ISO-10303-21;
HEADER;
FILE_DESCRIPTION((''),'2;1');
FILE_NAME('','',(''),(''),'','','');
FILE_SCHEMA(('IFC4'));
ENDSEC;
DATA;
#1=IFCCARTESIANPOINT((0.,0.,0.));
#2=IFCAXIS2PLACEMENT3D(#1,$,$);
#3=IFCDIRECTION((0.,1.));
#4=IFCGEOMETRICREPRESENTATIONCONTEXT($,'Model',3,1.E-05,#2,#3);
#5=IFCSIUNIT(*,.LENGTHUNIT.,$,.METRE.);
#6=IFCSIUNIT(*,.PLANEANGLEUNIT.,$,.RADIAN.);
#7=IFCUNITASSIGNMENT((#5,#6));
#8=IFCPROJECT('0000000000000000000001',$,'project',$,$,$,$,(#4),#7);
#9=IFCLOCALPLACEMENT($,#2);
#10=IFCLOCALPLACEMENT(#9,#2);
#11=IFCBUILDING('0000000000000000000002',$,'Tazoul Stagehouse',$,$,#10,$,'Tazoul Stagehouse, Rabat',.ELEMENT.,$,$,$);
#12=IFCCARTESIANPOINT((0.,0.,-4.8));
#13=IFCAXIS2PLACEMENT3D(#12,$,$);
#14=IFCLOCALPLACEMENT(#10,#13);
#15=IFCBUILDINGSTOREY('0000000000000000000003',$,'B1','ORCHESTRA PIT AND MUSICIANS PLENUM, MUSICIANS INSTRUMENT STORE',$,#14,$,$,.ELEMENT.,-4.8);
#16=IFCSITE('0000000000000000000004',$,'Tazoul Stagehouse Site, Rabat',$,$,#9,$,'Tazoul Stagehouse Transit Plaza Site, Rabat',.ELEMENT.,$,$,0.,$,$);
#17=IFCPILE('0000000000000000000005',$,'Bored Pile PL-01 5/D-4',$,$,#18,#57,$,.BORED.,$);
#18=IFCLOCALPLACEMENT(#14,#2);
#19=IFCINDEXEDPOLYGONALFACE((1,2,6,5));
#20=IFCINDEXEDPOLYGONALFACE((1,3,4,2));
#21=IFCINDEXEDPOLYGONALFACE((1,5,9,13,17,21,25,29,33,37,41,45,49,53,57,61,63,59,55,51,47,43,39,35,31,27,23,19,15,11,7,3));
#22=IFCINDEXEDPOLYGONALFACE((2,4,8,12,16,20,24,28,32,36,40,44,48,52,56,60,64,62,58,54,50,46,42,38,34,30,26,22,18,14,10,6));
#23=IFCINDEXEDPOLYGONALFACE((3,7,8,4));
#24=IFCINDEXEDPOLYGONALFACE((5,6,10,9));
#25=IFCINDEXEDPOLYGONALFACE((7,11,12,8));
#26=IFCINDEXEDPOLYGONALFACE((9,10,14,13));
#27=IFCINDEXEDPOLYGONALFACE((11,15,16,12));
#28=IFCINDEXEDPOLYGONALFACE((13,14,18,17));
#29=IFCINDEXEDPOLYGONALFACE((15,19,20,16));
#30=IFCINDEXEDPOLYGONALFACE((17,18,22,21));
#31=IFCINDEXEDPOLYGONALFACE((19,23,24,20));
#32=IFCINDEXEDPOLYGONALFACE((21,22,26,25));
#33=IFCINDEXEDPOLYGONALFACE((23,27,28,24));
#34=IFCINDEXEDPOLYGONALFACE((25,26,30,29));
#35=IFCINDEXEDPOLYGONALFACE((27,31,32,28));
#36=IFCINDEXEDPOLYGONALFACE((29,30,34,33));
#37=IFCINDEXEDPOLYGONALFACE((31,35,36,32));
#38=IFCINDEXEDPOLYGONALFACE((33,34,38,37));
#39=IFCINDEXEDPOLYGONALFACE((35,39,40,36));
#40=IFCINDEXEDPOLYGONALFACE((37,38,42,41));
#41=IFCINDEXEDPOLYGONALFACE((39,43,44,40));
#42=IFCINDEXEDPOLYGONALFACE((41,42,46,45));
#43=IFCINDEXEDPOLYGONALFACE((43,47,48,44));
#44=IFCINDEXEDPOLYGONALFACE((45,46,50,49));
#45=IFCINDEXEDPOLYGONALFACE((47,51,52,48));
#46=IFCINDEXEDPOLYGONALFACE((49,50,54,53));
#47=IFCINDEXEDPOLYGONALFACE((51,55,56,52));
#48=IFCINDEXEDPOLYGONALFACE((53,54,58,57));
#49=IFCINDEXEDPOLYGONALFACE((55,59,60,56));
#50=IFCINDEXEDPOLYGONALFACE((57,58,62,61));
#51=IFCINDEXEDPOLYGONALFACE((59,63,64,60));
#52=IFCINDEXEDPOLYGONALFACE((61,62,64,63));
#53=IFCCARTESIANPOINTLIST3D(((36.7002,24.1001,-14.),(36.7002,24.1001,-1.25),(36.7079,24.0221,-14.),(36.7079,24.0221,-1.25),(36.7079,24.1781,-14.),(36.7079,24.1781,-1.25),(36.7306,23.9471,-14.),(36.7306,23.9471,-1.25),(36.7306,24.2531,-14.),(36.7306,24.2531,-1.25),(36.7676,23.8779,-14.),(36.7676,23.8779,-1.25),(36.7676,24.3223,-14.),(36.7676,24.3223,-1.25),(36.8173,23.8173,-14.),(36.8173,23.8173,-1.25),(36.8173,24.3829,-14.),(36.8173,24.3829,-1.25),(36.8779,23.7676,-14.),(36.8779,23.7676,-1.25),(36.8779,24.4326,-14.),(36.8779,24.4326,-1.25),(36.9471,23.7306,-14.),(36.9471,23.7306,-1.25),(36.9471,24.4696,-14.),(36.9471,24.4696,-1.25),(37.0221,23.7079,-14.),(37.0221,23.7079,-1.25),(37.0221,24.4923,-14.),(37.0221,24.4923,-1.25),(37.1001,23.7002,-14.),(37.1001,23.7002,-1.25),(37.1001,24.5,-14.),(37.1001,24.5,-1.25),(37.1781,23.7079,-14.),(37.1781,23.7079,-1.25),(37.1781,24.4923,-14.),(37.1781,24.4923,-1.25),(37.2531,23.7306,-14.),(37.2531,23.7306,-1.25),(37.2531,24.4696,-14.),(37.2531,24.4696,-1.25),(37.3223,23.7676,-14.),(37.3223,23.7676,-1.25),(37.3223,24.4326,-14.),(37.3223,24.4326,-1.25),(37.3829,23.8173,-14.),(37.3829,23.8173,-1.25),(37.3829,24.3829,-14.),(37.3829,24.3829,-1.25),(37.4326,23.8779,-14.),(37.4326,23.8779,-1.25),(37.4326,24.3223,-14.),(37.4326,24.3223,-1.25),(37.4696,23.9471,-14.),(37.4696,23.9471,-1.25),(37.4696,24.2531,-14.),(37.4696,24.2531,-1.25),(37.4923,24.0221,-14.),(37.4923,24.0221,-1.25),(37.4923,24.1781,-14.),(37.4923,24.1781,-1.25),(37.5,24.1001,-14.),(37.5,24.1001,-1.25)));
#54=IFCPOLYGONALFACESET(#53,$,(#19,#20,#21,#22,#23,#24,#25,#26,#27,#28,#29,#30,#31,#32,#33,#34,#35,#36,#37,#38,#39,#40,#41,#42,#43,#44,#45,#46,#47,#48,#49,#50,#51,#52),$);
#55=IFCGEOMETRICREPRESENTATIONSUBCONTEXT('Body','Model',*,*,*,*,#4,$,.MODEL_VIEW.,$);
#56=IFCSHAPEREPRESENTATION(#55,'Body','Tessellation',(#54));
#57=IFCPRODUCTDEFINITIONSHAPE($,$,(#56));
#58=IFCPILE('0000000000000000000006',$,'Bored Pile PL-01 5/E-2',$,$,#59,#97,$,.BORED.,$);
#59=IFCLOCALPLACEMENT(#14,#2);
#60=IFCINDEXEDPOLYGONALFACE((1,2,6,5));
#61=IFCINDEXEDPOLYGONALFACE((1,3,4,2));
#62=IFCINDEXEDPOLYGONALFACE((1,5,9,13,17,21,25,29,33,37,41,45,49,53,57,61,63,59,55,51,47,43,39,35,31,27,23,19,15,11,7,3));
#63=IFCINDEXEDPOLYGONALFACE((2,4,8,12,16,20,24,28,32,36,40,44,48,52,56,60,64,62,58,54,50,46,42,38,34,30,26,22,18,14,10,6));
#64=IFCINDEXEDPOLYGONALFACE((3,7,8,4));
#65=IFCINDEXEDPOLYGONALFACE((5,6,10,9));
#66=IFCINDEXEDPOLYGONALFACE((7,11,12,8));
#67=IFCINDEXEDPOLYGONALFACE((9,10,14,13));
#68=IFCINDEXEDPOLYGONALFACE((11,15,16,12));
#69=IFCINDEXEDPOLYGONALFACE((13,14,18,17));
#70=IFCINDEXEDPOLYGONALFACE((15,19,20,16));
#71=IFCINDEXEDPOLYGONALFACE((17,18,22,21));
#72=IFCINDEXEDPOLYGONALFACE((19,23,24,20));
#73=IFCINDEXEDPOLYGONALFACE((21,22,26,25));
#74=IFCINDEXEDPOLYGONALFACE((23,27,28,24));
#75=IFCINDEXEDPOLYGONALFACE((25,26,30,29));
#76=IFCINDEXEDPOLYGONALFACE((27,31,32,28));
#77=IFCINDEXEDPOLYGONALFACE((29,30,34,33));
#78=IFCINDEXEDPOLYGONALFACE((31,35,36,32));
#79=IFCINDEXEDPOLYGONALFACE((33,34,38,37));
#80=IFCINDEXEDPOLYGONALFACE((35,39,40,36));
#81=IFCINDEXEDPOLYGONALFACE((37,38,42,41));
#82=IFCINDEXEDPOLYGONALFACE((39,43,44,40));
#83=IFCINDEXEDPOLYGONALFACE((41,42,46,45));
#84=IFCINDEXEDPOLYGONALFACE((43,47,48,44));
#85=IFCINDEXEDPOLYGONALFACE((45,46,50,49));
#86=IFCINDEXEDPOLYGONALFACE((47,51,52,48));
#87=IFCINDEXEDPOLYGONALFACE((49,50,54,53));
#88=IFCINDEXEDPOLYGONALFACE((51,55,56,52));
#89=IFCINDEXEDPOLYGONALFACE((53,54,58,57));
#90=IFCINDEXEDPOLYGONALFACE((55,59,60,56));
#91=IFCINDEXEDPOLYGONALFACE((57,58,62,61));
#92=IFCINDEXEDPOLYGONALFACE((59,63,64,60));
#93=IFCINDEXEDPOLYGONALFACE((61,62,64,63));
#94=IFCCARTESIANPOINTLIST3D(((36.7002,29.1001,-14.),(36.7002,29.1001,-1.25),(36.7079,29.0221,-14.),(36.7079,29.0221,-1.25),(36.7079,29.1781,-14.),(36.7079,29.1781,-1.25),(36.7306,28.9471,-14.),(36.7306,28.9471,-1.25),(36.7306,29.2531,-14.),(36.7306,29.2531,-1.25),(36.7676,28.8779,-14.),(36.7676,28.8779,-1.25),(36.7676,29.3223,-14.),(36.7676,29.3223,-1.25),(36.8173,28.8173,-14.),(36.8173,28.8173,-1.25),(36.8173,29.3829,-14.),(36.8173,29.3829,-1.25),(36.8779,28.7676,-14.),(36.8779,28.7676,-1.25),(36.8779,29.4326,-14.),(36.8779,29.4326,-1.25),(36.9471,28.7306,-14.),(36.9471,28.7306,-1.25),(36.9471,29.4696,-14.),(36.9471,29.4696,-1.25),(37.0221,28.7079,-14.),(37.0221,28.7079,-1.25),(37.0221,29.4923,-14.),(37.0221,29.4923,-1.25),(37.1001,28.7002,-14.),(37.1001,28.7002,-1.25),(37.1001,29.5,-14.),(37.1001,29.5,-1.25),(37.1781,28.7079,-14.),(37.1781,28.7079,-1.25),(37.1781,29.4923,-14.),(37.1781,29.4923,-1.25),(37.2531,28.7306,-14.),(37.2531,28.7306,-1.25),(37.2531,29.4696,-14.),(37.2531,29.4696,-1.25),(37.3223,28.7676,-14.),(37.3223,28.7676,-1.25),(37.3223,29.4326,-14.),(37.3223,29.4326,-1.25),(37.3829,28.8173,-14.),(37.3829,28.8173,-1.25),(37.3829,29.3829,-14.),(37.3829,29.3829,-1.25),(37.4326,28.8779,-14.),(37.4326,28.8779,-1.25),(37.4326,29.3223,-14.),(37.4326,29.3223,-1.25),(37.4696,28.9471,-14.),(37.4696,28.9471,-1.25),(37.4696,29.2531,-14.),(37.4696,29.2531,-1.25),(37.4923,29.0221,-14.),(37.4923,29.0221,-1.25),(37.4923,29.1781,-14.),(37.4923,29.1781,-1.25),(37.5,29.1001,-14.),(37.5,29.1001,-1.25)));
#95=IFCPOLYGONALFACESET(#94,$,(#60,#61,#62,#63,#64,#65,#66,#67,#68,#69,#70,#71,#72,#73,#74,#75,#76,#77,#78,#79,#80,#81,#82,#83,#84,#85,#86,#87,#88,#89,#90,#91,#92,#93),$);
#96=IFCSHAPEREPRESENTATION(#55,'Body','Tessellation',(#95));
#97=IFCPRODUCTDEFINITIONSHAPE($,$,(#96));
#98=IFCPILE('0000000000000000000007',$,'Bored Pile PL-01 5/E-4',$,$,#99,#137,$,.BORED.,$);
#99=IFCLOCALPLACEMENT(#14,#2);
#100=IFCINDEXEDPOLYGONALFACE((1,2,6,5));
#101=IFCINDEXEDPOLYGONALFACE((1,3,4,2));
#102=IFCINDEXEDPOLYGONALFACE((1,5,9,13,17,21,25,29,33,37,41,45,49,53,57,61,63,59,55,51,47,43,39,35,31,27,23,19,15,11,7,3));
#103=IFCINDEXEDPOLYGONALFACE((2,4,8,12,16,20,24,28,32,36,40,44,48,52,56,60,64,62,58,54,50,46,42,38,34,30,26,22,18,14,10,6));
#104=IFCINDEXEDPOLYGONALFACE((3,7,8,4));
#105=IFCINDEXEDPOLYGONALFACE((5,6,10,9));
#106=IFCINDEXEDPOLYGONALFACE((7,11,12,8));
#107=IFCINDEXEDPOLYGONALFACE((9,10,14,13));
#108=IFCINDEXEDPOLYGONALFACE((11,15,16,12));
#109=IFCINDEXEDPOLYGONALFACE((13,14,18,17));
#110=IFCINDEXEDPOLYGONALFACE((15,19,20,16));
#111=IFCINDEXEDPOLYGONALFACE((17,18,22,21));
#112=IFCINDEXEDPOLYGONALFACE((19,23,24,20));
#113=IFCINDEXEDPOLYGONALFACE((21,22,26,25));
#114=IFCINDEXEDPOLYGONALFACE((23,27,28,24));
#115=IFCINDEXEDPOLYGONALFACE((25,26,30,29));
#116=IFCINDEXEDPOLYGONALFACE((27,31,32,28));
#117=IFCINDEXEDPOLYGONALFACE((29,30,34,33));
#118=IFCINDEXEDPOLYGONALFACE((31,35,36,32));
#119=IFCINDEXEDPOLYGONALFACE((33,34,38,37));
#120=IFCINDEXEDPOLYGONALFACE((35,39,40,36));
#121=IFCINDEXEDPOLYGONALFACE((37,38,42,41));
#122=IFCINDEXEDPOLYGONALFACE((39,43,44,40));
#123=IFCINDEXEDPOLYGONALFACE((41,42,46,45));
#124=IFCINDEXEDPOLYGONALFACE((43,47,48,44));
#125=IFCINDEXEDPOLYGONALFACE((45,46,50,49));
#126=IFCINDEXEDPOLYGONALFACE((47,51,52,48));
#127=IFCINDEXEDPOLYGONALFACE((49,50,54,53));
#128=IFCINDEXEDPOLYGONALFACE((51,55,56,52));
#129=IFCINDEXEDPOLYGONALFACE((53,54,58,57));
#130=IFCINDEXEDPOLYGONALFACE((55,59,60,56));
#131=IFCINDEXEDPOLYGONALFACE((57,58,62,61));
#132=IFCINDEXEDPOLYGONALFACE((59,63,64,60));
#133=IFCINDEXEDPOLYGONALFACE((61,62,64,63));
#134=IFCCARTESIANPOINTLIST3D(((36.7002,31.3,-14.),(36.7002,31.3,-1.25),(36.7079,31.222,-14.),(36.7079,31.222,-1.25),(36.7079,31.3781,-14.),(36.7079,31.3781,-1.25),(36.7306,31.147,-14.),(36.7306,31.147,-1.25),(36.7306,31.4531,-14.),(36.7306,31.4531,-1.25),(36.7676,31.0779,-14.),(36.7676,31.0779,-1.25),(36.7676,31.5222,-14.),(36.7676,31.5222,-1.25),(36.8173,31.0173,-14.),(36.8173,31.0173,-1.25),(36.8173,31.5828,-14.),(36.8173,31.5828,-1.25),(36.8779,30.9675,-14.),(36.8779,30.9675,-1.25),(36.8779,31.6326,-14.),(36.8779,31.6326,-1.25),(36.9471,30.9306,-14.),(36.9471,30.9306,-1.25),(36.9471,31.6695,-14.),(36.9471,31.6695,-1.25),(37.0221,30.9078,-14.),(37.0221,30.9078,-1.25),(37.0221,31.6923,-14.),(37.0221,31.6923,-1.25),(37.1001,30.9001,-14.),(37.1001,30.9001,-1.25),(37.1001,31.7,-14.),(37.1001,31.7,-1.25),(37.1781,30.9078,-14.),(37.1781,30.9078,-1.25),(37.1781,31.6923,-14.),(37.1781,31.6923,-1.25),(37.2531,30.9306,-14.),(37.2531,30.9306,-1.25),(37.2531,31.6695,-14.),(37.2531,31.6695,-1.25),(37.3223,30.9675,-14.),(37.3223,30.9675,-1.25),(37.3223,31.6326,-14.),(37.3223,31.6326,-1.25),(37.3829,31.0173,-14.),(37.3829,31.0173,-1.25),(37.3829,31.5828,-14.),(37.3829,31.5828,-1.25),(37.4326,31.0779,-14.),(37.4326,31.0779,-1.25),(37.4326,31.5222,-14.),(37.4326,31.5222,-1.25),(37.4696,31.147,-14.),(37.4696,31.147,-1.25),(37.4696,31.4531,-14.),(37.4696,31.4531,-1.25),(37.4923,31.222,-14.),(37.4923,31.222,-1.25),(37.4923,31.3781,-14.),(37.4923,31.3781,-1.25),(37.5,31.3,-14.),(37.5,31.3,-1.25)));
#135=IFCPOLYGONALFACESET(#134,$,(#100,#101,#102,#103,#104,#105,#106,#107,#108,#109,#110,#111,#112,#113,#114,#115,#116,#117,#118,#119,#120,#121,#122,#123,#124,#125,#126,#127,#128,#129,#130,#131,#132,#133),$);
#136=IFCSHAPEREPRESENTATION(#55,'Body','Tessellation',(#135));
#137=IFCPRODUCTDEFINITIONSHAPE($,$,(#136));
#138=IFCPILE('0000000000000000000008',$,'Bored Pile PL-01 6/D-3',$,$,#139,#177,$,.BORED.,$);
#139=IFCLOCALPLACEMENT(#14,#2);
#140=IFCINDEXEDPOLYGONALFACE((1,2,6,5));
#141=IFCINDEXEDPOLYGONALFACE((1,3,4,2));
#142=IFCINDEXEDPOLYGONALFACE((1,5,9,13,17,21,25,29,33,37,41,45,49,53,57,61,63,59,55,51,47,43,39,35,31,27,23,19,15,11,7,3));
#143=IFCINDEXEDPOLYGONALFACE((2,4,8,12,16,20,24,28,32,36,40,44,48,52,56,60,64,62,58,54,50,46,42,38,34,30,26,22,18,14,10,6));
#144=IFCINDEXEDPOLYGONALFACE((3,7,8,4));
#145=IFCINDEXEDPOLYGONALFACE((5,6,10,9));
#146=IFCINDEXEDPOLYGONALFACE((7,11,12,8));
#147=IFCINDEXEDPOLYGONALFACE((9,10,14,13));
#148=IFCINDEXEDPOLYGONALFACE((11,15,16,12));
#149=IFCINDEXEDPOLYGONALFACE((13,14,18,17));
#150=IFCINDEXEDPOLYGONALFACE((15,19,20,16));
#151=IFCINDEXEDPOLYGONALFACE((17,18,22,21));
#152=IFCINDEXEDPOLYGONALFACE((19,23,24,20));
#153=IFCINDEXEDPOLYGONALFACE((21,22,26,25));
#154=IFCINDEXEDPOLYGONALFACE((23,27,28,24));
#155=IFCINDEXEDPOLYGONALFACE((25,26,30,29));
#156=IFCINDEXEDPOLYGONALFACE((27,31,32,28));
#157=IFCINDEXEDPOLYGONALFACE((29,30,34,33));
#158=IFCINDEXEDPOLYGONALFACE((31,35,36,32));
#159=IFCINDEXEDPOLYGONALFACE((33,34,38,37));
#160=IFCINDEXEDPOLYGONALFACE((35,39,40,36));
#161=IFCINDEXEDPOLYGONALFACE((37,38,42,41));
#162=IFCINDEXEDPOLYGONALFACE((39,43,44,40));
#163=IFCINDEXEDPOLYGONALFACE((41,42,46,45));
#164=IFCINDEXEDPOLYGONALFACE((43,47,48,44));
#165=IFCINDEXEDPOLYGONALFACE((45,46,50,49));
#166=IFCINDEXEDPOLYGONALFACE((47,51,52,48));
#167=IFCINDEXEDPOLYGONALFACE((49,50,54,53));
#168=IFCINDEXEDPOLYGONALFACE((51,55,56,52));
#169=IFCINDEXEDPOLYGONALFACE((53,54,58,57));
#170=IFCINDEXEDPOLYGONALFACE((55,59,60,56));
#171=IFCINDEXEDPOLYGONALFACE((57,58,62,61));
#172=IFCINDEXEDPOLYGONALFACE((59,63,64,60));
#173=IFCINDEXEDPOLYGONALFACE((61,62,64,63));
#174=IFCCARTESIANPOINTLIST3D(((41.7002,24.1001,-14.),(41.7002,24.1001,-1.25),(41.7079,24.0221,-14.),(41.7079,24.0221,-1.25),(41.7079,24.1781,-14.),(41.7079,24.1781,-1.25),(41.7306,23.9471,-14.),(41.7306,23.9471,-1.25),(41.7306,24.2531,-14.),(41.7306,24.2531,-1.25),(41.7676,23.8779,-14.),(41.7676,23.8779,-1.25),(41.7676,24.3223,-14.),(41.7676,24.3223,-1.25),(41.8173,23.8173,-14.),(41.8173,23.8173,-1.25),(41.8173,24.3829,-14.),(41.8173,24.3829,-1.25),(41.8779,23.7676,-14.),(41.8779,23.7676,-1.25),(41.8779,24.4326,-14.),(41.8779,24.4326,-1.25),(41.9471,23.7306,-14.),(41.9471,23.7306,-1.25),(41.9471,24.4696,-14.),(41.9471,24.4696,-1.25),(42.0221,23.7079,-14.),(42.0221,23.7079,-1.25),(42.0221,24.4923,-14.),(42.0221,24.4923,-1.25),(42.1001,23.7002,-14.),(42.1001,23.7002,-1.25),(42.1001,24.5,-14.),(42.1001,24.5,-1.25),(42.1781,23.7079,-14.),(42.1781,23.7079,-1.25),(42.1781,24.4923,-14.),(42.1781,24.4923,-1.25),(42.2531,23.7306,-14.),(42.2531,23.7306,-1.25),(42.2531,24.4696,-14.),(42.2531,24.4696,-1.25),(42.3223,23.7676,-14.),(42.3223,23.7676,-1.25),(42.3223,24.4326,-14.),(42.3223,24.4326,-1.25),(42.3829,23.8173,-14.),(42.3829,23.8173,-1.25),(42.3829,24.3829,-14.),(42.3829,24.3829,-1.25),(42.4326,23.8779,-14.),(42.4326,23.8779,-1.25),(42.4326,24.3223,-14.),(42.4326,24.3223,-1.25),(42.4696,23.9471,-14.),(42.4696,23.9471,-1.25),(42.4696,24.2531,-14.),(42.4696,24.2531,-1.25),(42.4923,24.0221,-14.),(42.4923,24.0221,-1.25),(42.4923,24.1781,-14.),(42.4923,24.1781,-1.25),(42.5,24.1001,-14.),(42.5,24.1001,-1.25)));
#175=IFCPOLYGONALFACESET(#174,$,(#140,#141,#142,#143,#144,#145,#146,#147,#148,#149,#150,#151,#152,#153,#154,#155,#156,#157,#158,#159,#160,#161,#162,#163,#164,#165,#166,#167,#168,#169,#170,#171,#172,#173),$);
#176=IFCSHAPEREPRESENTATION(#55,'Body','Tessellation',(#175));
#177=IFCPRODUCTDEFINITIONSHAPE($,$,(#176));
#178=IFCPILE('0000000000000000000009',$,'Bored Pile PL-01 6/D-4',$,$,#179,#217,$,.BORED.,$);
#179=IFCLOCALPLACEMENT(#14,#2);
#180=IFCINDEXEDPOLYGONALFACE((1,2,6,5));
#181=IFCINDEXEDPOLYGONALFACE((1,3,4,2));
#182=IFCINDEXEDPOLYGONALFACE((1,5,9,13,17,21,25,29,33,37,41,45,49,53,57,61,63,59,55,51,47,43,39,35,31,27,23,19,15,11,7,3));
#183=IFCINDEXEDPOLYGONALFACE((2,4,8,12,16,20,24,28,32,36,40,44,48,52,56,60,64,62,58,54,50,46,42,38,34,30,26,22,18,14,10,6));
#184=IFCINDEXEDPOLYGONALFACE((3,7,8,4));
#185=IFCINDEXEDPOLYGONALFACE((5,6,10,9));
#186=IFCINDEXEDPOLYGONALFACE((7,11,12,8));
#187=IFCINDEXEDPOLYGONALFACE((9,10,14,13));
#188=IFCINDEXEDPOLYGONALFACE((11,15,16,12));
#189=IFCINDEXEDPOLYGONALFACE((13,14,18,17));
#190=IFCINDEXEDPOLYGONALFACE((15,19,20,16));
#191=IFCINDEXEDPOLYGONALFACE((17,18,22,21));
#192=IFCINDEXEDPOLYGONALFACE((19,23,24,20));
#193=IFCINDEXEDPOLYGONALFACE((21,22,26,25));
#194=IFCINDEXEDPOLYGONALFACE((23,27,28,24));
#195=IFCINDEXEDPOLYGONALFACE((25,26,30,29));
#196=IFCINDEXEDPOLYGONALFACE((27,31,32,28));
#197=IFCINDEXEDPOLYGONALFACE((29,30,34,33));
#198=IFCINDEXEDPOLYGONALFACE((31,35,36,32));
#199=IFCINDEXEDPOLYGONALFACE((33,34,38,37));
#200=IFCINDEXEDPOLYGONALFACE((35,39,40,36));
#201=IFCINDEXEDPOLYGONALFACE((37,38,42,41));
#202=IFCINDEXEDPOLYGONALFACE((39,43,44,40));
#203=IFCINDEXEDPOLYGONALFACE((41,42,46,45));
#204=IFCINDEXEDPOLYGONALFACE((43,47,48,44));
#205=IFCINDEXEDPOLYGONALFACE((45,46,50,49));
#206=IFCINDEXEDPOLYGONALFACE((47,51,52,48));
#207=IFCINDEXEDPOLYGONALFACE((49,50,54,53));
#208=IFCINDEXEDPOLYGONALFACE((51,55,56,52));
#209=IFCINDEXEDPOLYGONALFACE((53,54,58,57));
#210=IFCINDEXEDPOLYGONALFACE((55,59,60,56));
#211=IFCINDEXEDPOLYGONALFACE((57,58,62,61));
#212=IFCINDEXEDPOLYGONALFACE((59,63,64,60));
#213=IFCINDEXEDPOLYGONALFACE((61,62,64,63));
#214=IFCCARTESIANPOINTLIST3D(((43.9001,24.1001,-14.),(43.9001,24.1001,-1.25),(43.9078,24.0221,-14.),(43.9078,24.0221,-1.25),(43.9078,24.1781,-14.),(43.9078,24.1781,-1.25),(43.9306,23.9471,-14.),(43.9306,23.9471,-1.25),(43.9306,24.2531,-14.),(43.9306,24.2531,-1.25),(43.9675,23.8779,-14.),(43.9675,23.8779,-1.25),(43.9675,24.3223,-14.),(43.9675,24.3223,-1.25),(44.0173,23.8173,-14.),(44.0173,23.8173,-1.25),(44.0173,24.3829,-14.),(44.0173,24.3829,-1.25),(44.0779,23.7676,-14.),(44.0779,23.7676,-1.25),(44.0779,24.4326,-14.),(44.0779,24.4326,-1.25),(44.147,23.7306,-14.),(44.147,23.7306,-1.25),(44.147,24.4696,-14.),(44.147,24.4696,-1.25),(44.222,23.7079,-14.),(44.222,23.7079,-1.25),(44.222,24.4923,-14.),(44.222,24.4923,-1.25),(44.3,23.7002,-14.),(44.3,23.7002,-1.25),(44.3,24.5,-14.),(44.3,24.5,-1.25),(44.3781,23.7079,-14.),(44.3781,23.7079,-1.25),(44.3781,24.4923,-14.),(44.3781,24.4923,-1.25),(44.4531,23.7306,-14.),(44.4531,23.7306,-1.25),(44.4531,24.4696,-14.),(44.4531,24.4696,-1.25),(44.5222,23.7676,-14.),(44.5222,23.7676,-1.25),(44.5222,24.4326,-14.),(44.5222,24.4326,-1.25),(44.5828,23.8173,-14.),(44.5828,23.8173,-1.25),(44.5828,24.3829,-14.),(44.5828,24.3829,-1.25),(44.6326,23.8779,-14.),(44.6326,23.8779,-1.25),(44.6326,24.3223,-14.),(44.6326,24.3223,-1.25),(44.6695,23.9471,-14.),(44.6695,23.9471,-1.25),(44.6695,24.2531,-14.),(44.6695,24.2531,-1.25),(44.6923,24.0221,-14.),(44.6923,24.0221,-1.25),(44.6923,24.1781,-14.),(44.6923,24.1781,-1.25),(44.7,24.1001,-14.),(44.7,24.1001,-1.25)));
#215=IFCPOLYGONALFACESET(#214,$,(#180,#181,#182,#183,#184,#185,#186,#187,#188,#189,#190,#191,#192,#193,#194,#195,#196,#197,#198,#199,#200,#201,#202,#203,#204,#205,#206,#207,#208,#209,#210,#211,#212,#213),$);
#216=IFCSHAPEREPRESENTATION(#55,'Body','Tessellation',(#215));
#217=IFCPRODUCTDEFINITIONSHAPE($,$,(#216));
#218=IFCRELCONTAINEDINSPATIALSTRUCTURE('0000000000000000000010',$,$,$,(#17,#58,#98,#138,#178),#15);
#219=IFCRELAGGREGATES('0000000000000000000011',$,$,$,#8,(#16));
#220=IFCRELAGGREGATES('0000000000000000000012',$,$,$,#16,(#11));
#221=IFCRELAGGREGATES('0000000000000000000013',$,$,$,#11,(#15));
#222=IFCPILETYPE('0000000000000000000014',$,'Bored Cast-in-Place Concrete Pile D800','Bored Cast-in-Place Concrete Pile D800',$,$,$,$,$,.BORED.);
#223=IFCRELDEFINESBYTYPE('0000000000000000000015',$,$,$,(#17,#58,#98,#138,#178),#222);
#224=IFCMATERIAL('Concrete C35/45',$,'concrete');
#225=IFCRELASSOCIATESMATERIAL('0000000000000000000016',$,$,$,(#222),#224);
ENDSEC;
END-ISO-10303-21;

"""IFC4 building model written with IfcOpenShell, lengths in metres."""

from ifc_helpers import new_model, si_unit, direction, frame, origin, origin_2d, place, context, subcontext, project, spatial, circle, extrude, material, material_profile, profile_set, type_object, element, save


model = new_model("IFC4")

# Units and contexts
model_context = context("Model", 3, precision=1e-05, world=origin(), true_north=direction((0.0, 1.0)))
body_context = subcontext(model_context, "Body", "Model", "MODEL_VIEW")
ifc_project = project(units=[si_unit("LENGTHUNIT", "METRE"), si_unit("PLANEANGLEUNIT", "RADIAN")], contexts=[model_context])

# Site, building, storey
site_placement = place(None, origin())
site = spatial("IfcSite", under=ifc_project, at=site_placement, Name="Tazoul Stagehouse Site, Rabat", LongName="Tazoul Stagehouse Transit Plaza Site, Rabat", CompositionType="ELEMENT", RefElevation=0.0)
building_placement = place(site_placement, origin())
building = spatial("IfcBuilding", under=site, at=building_placement, Name="Tazoul Stagehouse", LongName="Tazoul Stagehouse, Rabat", CompositionType="ELEMENT")
storey_placement = place(building_placement, frame((0.0, 0.0, -4.8)))
storey = spatial("IfcBuildingStorey", under=building, at=storey_placement, Name="B1", Description="ORCHESTRA PIT AND MUSICIANS PLENUM, MUSICIANS INSTRUMENT STORE", CompositionType="ELEMENT", Elevation=-4.8)

# Piles
ifc_material_1 = material(Name="Concrete C35/45", Category="concrete")
ifc_material_profile_1 = material_profile(ifc_material_1, circle(Radius=0.3999, at=origin_2d()), Name="BORED PILE 800")
ifc_profile_set_1 = profile_set([ifc_material_profile_1], Name="Concrete C35/45")
pile_type = type_object("IfcPileType", Name="Bored Cast-in-Place Concrete Pile D800", Description="Bored Cast-in-Place Concrete Pile D800", PredefinedType="BORED", material=ifc_profile_set_1)
for number, where, z_axis, x_axis, name in (
    (1, (37.1001, 24.1001, -1.25), (0.0, 0.0, -1.0), (1.0, 0.0, 0.0), "Bored Pile PL-01 5/D-4"),
    (2, (37.1001, 29.1001, -1.25), (0.0, 0.0, -1.0), (1.0, 0.0, 0.0), "Bored Pile PL-01 5/E-2"),
    (3, (37.1001, 31.3, -1.25), (0.0, 0.0, -1.0), (1.0, 0.0, 0.0), "Bored Pile PL-01 5/E-4"),
    (4, (42.1001, 24.1001, -1.25), (0.0, 0.0, -1.0), (1.0, 0.0, 0.0), "Bored Pile PL-01 6/D-3"),
    (5, (44.3, 24.1001, -1.25), (0.0, 0.0, -1.0), (1.0, 0.0, 0.0), "Bored Pile PL-01 6/D-4"),
):
    element("IfcPile", number, at=place(storey_placement, frame(where, z_axis=z_axis, x_axis=x_axis)), inside=storey, type_object=pile_type, Name=name, PredefinedType="BORED", context=body_context, shape_type="SweptSolid", body=[
        extrude(circle(Radius=0.3999, at=origin_2d()), origin(), (0.0, 0.0, 1.0), 12.75),
    ])

save(model, "model.ifc")
